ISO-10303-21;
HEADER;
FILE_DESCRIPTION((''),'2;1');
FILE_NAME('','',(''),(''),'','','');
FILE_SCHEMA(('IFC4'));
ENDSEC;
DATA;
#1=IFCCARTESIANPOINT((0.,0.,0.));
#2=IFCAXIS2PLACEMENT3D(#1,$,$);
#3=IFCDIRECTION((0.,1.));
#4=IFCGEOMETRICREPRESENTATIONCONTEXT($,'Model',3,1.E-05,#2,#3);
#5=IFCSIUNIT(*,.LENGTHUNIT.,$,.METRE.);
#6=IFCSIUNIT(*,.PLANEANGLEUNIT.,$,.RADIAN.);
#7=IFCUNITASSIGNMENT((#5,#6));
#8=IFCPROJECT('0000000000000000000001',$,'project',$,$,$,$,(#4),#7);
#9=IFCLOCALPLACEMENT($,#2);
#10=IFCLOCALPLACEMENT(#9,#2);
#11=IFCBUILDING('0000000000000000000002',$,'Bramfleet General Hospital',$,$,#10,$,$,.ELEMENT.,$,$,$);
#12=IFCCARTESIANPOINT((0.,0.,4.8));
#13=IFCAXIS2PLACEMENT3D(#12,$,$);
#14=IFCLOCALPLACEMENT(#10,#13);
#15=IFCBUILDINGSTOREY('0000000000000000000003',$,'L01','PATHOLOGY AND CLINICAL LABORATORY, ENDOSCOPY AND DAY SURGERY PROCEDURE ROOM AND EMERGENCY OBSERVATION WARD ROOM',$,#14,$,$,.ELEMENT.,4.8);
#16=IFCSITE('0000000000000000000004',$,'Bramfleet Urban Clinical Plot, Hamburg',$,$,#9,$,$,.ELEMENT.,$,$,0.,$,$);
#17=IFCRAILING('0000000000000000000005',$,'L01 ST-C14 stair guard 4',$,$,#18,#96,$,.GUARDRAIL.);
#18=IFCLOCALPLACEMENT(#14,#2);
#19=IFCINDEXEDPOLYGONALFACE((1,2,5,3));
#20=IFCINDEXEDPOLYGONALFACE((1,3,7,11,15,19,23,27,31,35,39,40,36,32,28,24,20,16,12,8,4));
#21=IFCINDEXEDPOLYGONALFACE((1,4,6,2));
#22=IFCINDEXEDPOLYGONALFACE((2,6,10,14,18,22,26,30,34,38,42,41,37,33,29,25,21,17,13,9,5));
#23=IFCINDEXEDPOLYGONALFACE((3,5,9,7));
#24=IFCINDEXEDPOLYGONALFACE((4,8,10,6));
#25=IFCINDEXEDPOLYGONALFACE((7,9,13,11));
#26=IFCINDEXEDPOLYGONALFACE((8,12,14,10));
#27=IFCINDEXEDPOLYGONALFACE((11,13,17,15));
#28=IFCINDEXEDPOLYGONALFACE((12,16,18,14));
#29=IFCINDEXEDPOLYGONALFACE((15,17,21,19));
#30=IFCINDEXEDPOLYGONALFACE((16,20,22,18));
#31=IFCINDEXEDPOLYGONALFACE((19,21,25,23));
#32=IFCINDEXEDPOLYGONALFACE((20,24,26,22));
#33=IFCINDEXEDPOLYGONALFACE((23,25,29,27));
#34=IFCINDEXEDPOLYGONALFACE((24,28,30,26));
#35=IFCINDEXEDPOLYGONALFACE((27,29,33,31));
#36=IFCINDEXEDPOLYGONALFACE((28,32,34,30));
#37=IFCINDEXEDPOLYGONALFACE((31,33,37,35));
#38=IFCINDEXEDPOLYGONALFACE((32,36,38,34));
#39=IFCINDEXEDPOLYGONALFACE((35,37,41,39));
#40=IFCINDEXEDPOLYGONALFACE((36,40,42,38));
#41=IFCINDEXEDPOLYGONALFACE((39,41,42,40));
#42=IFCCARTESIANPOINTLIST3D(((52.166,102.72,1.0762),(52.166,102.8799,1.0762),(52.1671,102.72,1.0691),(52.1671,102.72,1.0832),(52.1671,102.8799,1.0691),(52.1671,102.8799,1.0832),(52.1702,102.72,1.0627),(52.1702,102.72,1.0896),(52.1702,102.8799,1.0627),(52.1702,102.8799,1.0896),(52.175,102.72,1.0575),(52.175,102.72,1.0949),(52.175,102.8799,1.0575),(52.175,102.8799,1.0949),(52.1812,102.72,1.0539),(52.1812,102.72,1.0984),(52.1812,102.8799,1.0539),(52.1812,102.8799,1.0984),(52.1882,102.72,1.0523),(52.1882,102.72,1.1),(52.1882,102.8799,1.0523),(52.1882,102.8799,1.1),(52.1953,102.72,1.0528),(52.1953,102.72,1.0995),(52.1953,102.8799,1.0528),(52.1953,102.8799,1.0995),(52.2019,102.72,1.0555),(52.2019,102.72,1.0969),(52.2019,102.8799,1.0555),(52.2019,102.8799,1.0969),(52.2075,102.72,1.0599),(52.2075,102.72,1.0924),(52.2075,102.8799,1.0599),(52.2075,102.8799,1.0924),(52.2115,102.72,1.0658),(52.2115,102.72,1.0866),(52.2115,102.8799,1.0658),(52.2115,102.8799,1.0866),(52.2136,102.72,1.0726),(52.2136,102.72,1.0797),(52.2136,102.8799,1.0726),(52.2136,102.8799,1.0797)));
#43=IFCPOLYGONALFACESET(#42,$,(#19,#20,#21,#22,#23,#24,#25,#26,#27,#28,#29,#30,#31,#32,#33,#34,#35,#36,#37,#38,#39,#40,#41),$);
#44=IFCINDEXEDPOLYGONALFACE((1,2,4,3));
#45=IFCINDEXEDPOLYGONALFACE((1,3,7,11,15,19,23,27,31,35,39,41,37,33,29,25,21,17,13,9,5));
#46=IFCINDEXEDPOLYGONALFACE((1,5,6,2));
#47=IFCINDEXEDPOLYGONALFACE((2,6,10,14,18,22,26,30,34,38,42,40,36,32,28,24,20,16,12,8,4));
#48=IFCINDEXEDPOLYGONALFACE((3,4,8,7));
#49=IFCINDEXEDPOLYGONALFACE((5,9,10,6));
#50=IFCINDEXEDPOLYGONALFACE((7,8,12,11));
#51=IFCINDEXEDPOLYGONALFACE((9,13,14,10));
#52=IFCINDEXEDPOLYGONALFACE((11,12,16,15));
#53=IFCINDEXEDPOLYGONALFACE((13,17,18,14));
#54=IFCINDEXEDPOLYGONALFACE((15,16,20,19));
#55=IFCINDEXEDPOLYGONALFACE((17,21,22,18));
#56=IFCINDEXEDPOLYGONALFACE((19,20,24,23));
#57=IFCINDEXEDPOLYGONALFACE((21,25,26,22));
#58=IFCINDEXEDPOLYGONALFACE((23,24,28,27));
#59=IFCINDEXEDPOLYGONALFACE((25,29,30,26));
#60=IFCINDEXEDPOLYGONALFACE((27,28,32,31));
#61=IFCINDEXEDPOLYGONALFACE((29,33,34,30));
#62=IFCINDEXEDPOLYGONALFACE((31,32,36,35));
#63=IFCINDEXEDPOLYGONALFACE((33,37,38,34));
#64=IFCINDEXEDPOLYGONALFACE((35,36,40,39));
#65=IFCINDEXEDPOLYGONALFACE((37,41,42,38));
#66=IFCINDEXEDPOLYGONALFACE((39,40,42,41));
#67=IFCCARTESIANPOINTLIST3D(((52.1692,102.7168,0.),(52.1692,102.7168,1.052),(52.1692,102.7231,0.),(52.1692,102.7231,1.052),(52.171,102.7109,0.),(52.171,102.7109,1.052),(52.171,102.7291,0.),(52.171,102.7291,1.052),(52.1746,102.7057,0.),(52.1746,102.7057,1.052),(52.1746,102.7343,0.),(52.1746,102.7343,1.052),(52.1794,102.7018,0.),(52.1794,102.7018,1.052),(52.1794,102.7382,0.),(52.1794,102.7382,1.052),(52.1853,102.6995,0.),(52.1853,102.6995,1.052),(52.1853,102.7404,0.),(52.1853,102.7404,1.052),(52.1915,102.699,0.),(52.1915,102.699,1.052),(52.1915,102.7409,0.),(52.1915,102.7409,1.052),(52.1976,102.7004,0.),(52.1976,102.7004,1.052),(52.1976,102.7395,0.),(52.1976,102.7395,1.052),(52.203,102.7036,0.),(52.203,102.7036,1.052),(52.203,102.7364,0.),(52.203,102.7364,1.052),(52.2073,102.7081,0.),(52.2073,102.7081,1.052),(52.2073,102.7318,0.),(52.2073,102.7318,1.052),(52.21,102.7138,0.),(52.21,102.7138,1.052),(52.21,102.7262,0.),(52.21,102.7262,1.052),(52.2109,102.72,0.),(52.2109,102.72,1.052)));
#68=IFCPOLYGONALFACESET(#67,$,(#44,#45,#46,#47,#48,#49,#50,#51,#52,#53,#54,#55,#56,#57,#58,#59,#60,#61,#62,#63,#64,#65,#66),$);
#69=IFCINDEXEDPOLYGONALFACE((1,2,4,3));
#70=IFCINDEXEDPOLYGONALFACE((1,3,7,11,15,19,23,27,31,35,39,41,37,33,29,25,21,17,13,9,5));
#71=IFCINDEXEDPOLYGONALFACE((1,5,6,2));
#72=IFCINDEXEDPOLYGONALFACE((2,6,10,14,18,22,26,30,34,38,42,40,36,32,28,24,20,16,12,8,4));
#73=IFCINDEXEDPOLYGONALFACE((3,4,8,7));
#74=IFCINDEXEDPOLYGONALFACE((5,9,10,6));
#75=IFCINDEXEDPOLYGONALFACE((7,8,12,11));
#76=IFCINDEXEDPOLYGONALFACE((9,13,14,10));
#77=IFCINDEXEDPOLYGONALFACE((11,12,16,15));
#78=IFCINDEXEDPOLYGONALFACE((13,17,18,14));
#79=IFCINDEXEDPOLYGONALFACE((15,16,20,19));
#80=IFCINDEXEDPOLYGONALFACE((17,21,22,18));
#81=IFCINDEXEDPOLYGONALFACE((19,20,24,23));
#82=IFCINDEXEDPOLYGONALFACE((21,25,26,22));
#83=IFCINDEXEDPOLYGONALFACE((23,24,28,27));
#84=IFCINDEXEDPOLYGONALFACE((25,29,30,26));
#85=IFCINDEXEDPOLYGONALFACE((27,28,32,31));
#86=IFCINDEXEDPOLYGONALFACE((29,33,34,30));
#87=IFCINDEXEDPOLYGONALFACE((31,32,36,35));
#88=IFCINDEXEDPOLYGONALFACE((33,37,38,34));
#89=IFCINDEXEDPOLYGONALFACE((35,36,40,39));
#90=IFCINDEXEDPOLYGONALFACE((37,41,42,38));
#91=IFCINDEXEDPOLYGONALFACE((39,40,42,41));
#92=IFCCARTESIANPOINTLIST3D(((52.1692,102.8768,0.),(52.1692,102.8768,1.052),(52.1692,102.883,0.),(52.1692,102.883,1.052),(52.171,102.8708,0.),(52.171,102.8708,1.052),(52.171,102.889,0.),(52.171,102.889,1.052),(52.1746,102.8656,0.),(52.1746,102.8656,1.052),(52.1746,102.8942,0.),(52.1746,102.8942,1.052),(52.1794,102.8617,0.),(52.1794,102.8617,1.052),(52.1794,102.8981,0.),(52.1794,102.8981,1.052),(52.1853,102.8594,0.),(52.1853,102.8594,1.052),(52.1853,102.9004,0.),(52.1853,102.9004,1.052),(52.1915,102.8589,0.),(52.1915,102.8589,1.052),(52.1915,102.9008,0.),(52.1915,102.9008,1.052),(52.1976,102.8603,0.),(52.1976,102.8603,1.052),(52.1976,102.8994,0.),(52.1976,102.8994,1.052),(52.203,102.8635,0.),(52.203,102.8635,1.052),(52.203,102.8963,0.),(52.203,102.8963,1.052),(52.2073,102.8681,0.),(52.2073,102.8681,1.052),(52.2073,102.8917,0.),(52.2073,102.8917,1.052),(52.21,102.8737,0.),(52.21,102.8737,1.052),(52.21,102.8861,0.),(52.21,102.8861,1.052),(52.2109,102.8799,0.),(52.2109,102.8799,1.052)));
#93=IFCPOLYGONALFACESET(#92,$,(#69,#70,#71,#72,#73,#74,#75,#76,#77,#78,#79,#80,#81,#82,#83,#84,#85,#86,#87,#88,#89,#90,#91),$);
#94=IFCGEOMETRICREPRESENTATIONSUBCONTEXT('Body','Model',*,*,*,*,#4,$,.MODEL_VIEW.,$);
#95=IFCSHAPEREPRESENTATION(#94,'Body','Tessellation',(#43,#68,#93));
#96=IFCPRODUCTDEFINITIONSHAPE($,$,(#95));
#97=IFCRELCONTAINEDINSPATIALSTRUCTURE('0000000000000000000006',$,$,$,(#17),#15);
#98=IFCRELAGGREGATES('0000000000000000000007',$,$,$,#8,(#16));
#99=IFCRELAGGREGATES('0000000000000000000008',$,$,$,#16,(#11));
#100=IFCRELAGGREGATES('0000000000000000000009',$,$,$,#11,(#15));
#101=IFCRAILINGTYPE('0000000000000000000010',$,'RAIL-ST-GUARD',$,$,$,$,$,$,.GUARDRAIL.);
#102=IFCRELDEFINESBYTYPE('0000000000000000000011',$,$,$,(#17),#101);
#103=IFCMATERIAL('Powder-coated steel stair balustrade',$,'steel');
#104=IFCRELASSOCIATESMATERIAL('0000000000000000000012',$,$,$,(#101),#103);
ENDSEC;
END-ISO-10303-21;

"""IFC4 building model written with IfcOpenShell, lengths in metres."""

from ifc_helpers import new_model, si_unit, direction, frame, origin, origin_2d, place, context, subcontext, project, spatial, circle, extrude, material, type_object, element, save


model = new_model("IFC4")

# Units and contexts
model_context = context("Model", 3, precision=1e-05, world=origin(), true_north=direction((0.0, 1.0)))
body_context = subcontext(model_context, "Body", "Model", "MODEL_VIEW")
ifc_project = project(units=[si_unit("LENGTHUNIT", "METRE"), si_unit("PLANEANGLEUNIT", "RADIAN")], contexts=[model_context])

# Site, building, storey
site_placement = place(None, origin())
site = spatial("IfcSite", under=ifc_project, at=site_placement, Name="Bramfleet Urban Clinical Plot, Hamburg", CompositionType="ELEMENT", RefElevation=0.0)
building_placement = place(site_placement, origin())
building = spatial("IfcBuilding", under=site, at=building_placement, Name="Bramfleet General Hospital", CompositionType="ELEMENT")
storey_placement = place(building_placement, frame((0.0, 0.0, 4.8)))
storey = spatial("IfcBuildingStorey", under=building, at=storey_placement, Name="L01", Description="PATHOLOGY AND CLINICAL LABORATORY, ENDOSCOPY AND DAY SURGERY PROCEDURE ROOM AND EMERGENCY OBSERVATION WARD ROOM", CompositionType="ELEMENT", Elevation=4.8)

# Railing
ifc_material_1 = material(Name="Powder-coated steel stair balustrade", Category="steel")
railing_type_1 = type_object("IfcRailingType", Name="RAIL-ST-GUARD", PredefinedType="GUARDRAIL", material=ifc_material_1)
railing_1_placement = place(storey_placement, frame((52.1899, 102.72, 0.0)))
element("IfcRailing", 1, at=railing_1_placement, inside=storey, type_object=railing_type_1, Name="L01 ST-C14 stair guard 4", PredefinedType="GUARDRAIL", context=body_context, shape_type="SweptSolid", body=[
    extrude(circle(Radius=0.0239, at=origin_2d()), frame((0.0, 0.0, 1.0762), z_axis=(0.0, 1.0, 0.0), x_axis=(-1.0, 0.0, 0.0)), (0.0, 0.0, 1.0), 0.1599),
    extrude(circle(Radius=0.021, at=origin_2d()), origin(), (0.0, 0.0, 1.0), 1.052),
    extrude(circle(Radius=0.021, at=origin_2d()), frame((0.0, 0.1599, 0.0)), (0.0, 0.0, 1.0), 1.052),
])

save(model, "model.ifc")
